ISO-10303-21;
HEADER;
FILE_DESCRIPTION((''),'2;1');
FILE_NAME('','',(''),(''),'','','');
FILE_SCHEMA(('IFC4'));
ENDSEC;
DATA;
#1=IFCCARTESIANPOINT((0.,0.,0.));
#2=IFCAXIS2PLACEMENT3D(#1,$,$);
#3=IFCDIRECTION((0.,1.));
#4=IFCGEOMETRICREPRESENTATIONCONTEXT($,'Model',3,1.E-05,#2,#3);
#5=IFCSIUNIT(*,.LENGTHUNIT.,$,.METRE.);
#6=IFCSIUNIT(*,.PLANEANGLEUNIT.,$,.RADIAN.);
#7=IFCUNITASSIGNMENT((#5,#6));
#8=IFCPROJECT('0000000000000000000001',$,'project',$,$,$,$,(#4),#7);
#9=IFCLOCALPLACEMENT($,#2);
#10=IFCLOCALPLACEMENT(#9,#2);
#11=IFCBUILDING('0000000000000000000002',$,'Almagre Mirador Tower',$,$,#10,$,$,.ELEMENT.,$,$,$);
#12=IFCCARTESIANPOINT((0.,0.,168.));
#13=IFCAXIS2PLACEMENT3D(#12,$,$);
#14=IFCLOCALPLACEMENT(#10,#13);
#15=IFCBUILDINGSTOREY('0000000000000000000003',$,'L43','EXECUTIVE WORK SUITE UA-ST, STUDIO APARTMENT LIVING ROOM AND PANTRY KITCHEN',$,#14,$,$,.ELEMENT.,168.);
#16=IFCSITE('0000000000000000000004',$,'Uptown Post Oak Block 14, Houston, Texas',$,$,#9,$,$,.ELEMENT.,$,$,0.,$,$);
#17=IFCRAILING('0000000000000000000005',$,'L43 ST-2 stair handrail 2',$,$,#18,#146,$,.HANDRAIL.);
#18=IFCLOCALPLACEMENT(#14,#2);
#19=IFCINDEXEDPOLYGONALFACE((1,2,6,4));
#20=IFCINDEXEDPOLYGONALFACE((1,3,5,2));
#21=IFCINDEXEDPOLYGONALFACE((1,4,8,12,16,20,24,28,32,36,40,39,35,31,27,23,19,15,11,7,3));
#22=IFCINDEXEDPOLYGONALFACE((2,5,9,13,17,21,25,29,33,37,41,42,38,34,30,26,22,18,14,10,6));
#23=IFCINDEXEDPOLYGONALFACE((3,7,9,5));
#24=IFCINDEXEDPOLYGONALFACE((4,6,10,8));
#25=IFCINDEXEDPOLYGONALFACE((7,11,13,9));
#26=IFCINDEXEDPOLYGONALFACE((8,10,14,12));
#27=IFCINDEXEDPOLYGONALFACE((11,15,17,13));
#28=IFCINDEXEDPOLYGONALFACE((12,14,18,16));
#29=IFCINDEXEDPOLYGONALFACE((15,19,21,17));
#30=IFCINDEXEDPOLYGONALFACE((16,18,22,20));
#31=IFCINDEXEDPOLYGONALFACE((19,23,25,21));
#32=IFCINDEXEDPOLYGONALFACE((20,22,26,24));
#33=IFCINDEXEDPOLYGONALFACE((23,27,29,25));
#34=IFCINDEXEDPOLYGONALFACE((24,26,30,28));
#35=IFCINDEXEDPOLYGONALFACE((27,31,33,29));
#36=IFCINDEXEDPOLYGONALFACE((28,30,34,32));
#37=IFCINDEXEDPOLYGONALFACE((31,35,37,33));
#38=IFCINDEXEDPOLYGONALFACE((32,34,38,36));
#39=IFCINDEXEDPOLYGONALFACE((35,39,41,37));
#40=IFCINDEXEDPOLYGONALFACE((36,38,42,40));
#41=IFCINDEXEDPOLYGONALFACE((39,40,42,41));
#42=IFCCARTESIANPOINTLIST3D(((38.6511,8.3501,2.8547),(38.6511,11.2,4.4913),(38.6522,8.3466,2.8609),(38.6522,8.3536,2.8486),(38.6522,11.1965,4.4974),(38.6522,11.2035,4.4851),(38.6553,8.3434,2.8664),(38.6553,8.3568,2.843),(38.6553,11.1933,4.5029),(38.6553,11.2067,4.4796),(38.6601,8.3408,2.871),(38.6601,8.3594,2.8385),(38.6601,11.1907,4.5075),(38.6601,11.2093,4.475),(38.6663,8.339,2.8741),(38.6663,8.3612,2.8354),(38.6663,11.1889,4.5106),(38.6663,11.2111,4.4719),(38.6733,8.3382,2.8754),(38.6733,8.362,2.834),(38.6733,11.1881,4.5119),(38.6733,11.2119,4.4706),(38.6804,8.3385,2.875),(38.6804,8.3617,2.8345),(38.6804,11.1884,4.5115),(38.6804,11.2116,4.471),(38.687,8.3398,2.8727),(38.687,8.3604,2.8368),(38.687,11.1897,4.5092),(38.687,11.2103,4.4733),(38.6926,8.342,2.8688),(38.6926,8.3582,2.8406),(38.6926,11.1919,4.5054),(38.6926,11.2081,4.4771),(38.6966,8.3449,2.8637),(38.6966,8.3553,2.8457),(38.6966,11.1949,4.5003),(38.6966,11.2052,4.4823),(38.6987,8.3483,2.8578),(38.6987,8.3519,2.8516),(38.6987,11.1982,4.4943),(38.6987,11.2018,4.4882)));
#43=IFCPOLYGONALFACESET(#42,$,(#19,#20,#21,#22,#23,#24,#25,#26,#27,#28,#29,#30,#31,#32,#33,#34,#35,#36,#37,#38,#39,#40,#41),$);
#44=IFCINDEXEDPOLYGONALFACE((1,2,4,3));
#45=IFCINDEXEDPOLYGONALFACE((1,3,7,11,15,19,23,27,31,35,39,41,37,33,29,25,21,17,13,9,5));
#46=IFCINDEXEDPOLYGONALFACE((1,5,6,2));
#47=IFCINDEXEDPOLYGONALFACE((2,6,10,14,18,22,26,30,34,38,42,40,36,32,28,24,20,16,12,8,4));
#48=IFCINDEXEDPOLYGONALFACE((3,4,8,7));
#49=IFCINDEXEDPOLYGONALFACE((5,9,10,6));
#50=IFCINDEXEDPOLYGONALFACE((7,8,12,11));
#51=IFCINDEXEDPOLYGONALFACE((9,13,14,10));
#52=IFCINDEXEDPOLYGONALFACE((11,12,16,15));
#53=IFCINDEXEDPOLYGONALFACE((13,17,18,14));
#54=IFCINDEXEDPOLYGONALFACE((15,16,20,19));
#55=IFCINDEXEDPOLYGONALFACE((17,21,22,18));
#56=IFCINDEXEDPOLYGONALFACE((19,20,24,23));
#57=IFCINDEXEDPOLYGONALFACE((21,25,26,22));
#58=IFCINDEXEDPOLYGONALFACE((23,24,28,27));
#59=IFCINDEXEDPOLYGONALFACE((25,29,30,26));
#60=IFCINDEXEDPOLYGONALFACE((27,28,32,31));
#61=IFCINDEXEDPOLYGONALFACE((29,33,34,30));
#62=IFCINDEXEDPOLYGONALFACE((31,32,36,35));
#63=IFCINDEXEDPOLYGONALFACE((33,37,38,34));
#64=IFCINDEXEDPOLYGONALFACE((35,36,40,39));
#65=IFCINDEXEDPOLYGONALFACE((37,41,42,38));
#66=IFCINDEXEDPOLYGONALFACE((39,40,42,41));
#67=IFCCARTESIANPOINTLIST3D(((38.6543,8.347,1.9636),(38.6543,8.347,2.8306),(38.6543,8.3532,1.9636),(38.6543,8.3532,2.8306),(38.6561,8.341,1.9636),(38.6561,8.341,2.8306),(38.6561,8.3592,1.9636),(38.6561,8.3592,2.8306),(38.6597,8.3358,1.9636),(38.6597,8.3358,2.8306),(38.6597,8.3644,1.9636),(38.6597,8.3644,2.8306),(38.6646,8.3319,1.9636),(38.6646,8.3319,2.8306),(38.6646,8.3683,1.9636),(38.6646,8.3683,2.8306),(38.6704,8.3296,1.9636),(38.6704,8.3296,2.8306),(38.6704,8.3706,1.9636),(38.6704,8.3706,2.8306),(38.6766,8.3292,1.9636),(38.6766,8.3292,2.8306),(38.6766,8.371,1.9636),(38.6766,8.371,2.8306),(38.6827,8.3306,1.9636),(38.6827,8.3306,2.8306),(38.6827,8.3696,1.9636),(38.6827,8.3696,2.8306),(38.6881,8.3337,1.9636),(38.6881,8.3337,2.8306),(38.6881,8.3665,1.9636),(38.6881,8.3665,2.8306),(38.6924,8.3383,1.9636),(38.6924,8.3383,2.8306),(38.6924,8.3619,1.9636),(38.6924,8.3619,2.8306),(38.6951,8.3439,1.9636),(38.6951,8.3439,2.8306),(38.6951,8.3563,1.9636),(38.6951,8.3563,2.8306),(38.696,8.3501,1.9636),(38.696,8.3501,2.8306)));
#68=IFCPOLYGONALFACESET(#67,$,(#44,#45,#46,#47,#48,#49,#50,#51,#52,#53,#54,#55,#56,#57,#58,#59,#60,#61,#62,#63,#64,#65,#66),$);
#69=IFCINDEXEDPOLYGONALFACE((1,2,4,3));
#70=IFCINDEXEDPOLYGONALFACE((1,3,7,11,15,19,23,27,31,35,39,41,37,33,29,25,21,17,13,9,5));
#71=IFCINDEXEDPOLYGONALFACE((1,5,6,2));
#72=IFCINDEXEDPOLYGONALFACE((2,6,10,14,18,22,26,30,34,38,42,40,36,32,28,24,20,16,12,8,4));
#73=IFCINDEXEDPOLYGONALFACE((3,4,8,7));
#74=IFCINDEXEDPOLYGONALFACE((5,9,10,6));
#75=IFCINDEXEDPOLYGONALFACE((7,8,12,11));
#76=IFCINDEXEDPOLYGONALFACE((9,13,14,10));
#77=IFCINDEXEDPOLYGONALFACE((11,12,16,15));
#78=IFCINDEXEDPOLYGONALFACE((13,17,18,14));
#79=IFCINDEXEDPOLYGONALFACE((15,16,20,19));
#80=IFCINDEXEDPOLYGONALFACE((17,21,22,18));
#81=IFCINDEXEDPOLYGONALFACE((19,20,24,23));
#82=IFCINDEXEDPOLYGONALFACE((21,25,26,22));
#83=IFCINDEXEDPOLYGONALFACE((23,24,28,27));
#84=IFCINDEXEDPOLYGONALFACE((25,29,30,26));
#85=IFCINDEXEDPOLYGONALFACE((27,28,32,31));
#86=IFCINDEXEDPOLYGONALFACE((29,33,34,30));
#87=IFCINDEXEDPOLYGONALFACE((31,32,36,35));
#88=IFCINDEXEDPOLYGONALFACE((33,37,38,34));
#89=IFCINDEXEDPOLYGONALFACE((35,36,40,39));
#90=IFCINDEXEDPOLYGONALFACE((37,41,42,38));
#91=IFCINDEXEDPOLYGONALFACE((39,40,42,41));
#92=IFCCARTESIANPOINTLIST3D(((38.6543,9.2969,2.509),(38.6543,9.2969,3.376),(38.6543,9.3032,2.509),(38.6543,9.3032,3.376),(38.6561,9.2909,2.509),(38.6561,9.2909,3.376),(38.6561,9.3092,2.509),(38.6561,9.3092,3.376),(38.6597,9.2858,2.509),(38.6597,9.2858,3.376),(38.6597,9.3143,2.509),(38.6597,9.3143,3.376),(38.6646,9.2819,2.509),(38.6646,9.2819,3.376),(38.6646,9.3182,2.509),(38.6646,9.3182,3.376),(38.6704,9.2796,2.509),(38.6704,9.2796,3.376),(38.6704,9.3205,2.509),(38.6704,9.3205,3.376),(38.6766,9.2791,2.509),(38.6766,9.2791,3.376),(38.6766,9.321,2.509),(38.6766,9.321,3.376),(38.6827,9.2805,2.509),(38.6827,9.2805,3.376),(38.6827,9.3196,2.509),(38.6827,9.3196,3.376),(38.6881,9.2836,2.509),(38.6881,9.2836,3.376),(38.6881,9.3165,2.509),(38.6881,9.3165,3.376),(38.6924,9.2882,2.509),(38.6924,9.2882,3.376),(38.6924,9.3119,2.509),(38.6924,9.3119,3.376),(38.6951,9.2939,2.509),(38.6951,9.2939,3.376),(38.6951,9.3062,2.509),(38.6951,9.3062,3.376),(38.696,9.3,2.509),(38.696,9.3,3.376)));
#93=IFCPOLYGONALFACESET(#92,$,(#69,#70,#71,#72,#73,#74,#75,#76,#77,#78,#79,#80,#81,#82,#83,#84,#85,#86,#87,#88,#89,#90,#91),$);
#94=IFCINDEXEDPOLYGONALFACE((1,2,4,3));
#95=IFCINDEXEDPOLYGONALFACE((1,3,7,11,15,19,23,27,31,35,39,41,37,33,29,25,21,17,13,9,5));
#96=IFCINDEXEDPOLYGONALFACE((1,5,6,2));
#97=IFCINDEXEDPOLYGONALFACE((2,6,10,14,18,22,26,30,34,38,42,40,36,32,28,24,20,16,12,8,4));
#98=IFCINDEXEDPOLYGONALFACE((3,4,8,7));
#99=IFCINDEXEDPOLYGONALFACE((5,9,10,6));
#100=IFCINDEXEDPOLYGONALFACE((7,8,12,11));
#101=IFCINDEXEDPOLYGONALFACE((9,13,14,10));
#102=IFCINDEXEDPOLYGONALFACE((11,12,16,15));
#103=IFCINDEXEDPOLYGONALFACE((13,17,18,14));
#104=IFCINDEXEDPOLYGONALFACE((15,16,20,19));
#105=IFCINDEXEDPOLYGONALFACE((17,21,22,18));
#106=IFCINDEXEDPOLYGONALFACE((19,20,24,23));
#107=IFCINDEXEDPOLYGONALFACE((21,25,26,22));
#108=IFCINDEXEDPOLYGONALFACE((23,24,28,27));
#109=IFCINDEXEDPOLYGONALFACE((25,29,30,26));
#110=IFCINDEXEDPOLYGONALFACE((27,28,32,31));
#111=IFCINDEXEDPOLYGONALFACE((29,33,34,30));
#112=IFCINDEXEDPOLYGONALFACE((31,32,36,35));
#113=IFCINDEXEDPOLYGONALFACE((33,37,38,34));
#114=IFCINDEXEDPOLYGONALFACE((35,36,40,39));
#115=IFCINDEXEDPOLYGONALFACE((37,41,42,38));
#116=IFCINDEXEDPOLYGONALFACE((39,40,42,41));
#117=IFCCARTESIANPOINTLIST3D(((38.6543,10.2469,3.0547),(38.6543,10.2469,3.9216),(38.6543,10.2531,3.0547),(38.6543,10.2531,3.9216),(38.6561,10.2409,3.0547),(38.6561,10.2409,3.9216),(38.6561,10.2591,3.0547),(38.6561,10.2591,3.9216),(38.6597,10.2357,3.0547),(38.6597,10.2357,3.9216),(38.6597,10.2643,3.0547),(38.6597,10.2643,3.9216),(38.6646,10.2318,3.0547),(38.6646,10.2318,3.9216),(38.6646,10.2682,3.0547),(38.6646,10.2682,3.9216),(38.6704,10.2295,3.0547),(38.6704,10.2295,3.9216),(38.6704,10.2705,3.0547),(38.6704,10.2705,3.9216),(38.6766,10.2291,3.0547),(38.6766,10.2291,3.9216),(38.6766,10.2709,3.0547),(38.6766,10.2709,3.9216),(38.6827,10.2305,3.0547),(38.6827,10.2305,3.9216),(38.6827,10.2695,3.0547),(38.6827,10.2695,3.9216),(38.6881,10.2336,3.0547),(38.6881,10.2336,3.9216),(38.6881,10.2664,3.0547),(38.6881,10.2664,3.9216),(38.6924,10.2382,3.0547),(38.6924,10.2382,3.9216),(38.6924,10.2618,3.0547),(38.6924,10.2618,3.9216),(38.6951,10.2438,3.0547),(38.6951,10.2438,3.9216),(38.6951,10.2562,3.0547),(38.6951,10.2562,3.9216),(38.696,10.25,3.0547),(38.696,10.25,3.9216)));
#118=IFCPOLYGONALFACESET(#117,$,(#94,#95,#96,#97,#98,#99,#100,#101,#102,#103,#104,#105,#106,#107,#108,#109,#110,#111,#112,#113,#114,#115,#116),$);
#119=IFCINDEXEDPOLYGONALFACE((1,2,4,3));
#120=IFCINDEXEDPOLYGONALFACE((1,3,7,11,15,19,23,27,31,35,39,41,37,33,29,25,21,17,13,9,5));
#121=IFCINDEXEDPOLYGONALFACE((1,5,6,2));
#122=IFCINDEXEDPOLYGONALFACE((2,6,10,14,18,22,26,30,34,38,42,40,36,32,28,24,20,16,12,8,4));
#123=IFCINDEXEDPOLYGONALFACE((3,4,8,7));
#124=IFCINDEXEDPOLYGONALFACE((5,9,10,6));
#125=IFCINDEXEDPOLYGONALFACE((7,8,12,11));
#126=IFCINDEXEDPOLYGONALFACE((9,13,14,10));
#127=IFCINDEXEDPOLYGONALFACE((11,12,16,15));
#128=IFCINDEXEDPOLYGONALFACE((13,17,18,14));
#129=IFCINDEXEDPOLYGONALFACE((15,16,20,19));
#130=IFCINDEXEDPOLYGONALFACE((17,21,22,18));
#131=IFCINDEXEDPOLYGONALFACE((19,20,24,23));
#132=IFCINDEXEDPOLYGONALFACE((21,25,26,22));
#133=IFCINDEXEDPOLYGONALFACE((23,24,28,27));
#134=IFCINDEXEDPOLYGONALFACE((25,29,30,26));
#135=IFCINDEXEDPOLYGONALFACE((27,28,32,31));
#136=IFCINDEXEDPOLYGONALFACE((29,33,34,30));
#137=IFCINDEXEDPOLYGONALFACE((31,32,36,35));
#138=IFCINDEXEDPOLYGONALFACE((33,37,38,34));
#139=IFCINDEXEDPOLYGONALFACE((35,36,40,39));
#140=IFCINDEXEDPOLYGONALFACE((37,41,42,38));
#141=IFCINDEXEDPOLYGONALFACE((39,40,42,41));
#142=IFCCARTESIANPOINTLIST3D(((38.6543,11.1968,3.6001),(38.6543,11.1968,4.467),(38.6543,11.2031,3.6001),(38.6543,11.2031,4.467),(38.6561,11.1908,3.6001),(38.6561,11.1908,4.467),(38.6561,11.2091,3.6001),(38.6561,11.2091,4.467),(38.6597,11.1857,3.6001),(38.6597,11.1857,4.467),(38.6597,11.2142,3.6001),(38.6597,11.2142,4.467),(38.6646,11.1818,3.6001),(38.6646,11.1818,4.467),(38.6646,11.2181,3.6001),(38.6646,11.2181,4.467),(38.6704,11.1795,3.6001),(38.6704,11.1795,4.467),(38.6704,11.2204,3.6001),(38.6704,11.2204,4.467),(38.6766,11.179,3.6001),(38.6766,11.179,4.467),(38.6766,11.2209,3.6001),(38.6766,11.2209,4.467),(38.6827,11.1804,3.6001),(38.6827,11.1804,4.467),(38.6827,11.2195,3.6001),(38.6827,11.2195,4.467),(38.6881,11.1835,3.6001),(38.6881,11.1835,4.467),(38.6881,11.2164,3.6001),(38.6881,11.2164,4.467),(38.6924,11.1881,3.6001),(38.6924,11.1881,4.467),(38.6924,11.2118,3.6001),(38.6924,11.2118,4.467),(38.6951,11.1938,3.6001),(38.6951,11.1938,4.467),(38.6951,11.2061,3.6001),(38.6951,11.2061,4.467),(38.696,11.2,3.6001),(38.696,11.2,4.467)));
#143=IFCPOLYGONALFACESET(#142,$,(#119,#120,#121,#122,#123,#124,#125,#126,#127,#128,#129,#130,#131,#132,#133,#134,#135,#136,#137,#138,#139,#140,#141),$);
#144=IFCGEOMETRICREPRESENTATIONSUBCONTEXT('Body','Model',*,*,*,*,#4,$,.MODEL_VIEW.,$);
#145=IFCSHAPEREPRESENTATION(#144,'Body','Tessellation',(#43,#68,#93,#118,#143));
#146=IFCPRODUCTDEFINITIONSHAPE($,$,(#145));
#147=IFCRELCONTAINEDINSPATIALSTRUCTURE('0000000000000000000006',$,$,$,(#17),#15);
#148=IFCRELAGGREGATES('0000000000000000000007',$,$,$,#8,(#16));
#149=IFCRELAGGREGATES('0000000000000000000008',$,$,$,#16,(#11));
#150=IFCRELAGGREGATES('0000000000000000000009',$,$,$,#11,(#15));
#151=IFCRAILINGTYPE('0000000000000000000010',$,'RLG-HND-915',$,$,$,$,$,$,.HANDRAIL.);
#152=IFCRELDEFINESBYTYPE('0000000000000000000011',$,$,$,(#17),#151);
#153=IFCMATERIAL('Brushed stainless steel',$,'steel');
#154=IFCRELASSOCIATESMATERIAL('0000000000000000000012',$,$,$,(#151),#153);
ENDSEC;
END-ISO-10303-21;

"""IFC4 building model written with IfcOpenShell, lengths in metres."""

from ifc_helpers import new_model, si_unit, direction, frame, origin, origin_2d, place, context, subcontext, project, spatial, circle, extrude, material, type_object, element, save


model = new_model("IFC4")

# Units and contexts
model_context = context("Model", 3, precision=1e-05, world=origin(), true_north=direction((0.0, 1.0)))
body_context = subcontext(model_context, "Body", "Model", "MODEL_VIEW")
ifc_project = project(units=[si_unit("LENGTHUNIT", "METRE"), si_unit("PLANEANGLEUNIT", "RADIAN")], contexts=[model_context])

# Site, building, storey
site_placement = place(None, origin())
site = spatial("IfcSite", under=ifc_project, at=site_placement, Name="Uptown Post Oak Block 14, Houston, Texas", CompositionType="ELEMENT", RefElevation=0.0)
building_placement = place(site_placement, origin())
building = spatial("IfcBuilding", under=site, at=building_placement, Name="Almagre Mirador Tower", CompositionType="ELEMENT")
storey_placement = place(building_placement, frame((0.0, 0.0, 168.0)))
storey = spatial("IfcBuildingStorey", under=building, at=storey_placement, Name="L43", Description="EXECUTIVE WORK SUITE UA-ST, STUDIO APARTMENT LIVING ROOM AND PANTRY KITCHEN", CompositionType="ELEMENT", Elevation=168.0)

# Railing
ifc_material_1 = material(Name="Brushed stainless steel", Category="steel")
railing_type_1 = type_object("IfcRailingType", Name="RLG-HND-915", PredefinedType="HANDRAIL", material=ifc_material_1)
railing_1_placement = place(storey_placement, frame((38.675, 8.3501, 1.9636)))
element("IfcRailing", 1, at=railing_1_placement, inside=storey, type_object=railing_type_1, Name="L43 ST-2 stair handrail 2", PredefinedType="HANDRAIL", context=body_context, shape_type="SweptSolid", body=[
    extrude(circle(Radius=0.0239, at=origin_2d()), frame((0.0, 0.0, 0.8911), z_axis=(0.0, 0.867194, 0.49797), x_axis=(-1.0, 0.0, 0.0)), (0.0, 0.0, 1.0), 3.2864),
    extrude(circle(Radius=0.021, at=origin_2d()), origin(), (0.0, 0.0, 1.0), 0.8669),
    extrude(circle(Radius=0.021, at=origin_2d()), frame((0.0, 0.95, 0.5454)), (0.0, 0.0, 1.0), 0.8669),
    extrude(circle(Radius=0.021, at=origin_2d()), frame((0.0, 1.8999, 1.0911)), (0.0, 0.0, 1.0), 0.8669),
    extrude(circle(Radius=0.021, at=origin_2d()), frame((0.0, 2.8499, 1.6365)), (0.0, 0.0, 1.0), 0.8669),
])

save(model, "model.ifc")
